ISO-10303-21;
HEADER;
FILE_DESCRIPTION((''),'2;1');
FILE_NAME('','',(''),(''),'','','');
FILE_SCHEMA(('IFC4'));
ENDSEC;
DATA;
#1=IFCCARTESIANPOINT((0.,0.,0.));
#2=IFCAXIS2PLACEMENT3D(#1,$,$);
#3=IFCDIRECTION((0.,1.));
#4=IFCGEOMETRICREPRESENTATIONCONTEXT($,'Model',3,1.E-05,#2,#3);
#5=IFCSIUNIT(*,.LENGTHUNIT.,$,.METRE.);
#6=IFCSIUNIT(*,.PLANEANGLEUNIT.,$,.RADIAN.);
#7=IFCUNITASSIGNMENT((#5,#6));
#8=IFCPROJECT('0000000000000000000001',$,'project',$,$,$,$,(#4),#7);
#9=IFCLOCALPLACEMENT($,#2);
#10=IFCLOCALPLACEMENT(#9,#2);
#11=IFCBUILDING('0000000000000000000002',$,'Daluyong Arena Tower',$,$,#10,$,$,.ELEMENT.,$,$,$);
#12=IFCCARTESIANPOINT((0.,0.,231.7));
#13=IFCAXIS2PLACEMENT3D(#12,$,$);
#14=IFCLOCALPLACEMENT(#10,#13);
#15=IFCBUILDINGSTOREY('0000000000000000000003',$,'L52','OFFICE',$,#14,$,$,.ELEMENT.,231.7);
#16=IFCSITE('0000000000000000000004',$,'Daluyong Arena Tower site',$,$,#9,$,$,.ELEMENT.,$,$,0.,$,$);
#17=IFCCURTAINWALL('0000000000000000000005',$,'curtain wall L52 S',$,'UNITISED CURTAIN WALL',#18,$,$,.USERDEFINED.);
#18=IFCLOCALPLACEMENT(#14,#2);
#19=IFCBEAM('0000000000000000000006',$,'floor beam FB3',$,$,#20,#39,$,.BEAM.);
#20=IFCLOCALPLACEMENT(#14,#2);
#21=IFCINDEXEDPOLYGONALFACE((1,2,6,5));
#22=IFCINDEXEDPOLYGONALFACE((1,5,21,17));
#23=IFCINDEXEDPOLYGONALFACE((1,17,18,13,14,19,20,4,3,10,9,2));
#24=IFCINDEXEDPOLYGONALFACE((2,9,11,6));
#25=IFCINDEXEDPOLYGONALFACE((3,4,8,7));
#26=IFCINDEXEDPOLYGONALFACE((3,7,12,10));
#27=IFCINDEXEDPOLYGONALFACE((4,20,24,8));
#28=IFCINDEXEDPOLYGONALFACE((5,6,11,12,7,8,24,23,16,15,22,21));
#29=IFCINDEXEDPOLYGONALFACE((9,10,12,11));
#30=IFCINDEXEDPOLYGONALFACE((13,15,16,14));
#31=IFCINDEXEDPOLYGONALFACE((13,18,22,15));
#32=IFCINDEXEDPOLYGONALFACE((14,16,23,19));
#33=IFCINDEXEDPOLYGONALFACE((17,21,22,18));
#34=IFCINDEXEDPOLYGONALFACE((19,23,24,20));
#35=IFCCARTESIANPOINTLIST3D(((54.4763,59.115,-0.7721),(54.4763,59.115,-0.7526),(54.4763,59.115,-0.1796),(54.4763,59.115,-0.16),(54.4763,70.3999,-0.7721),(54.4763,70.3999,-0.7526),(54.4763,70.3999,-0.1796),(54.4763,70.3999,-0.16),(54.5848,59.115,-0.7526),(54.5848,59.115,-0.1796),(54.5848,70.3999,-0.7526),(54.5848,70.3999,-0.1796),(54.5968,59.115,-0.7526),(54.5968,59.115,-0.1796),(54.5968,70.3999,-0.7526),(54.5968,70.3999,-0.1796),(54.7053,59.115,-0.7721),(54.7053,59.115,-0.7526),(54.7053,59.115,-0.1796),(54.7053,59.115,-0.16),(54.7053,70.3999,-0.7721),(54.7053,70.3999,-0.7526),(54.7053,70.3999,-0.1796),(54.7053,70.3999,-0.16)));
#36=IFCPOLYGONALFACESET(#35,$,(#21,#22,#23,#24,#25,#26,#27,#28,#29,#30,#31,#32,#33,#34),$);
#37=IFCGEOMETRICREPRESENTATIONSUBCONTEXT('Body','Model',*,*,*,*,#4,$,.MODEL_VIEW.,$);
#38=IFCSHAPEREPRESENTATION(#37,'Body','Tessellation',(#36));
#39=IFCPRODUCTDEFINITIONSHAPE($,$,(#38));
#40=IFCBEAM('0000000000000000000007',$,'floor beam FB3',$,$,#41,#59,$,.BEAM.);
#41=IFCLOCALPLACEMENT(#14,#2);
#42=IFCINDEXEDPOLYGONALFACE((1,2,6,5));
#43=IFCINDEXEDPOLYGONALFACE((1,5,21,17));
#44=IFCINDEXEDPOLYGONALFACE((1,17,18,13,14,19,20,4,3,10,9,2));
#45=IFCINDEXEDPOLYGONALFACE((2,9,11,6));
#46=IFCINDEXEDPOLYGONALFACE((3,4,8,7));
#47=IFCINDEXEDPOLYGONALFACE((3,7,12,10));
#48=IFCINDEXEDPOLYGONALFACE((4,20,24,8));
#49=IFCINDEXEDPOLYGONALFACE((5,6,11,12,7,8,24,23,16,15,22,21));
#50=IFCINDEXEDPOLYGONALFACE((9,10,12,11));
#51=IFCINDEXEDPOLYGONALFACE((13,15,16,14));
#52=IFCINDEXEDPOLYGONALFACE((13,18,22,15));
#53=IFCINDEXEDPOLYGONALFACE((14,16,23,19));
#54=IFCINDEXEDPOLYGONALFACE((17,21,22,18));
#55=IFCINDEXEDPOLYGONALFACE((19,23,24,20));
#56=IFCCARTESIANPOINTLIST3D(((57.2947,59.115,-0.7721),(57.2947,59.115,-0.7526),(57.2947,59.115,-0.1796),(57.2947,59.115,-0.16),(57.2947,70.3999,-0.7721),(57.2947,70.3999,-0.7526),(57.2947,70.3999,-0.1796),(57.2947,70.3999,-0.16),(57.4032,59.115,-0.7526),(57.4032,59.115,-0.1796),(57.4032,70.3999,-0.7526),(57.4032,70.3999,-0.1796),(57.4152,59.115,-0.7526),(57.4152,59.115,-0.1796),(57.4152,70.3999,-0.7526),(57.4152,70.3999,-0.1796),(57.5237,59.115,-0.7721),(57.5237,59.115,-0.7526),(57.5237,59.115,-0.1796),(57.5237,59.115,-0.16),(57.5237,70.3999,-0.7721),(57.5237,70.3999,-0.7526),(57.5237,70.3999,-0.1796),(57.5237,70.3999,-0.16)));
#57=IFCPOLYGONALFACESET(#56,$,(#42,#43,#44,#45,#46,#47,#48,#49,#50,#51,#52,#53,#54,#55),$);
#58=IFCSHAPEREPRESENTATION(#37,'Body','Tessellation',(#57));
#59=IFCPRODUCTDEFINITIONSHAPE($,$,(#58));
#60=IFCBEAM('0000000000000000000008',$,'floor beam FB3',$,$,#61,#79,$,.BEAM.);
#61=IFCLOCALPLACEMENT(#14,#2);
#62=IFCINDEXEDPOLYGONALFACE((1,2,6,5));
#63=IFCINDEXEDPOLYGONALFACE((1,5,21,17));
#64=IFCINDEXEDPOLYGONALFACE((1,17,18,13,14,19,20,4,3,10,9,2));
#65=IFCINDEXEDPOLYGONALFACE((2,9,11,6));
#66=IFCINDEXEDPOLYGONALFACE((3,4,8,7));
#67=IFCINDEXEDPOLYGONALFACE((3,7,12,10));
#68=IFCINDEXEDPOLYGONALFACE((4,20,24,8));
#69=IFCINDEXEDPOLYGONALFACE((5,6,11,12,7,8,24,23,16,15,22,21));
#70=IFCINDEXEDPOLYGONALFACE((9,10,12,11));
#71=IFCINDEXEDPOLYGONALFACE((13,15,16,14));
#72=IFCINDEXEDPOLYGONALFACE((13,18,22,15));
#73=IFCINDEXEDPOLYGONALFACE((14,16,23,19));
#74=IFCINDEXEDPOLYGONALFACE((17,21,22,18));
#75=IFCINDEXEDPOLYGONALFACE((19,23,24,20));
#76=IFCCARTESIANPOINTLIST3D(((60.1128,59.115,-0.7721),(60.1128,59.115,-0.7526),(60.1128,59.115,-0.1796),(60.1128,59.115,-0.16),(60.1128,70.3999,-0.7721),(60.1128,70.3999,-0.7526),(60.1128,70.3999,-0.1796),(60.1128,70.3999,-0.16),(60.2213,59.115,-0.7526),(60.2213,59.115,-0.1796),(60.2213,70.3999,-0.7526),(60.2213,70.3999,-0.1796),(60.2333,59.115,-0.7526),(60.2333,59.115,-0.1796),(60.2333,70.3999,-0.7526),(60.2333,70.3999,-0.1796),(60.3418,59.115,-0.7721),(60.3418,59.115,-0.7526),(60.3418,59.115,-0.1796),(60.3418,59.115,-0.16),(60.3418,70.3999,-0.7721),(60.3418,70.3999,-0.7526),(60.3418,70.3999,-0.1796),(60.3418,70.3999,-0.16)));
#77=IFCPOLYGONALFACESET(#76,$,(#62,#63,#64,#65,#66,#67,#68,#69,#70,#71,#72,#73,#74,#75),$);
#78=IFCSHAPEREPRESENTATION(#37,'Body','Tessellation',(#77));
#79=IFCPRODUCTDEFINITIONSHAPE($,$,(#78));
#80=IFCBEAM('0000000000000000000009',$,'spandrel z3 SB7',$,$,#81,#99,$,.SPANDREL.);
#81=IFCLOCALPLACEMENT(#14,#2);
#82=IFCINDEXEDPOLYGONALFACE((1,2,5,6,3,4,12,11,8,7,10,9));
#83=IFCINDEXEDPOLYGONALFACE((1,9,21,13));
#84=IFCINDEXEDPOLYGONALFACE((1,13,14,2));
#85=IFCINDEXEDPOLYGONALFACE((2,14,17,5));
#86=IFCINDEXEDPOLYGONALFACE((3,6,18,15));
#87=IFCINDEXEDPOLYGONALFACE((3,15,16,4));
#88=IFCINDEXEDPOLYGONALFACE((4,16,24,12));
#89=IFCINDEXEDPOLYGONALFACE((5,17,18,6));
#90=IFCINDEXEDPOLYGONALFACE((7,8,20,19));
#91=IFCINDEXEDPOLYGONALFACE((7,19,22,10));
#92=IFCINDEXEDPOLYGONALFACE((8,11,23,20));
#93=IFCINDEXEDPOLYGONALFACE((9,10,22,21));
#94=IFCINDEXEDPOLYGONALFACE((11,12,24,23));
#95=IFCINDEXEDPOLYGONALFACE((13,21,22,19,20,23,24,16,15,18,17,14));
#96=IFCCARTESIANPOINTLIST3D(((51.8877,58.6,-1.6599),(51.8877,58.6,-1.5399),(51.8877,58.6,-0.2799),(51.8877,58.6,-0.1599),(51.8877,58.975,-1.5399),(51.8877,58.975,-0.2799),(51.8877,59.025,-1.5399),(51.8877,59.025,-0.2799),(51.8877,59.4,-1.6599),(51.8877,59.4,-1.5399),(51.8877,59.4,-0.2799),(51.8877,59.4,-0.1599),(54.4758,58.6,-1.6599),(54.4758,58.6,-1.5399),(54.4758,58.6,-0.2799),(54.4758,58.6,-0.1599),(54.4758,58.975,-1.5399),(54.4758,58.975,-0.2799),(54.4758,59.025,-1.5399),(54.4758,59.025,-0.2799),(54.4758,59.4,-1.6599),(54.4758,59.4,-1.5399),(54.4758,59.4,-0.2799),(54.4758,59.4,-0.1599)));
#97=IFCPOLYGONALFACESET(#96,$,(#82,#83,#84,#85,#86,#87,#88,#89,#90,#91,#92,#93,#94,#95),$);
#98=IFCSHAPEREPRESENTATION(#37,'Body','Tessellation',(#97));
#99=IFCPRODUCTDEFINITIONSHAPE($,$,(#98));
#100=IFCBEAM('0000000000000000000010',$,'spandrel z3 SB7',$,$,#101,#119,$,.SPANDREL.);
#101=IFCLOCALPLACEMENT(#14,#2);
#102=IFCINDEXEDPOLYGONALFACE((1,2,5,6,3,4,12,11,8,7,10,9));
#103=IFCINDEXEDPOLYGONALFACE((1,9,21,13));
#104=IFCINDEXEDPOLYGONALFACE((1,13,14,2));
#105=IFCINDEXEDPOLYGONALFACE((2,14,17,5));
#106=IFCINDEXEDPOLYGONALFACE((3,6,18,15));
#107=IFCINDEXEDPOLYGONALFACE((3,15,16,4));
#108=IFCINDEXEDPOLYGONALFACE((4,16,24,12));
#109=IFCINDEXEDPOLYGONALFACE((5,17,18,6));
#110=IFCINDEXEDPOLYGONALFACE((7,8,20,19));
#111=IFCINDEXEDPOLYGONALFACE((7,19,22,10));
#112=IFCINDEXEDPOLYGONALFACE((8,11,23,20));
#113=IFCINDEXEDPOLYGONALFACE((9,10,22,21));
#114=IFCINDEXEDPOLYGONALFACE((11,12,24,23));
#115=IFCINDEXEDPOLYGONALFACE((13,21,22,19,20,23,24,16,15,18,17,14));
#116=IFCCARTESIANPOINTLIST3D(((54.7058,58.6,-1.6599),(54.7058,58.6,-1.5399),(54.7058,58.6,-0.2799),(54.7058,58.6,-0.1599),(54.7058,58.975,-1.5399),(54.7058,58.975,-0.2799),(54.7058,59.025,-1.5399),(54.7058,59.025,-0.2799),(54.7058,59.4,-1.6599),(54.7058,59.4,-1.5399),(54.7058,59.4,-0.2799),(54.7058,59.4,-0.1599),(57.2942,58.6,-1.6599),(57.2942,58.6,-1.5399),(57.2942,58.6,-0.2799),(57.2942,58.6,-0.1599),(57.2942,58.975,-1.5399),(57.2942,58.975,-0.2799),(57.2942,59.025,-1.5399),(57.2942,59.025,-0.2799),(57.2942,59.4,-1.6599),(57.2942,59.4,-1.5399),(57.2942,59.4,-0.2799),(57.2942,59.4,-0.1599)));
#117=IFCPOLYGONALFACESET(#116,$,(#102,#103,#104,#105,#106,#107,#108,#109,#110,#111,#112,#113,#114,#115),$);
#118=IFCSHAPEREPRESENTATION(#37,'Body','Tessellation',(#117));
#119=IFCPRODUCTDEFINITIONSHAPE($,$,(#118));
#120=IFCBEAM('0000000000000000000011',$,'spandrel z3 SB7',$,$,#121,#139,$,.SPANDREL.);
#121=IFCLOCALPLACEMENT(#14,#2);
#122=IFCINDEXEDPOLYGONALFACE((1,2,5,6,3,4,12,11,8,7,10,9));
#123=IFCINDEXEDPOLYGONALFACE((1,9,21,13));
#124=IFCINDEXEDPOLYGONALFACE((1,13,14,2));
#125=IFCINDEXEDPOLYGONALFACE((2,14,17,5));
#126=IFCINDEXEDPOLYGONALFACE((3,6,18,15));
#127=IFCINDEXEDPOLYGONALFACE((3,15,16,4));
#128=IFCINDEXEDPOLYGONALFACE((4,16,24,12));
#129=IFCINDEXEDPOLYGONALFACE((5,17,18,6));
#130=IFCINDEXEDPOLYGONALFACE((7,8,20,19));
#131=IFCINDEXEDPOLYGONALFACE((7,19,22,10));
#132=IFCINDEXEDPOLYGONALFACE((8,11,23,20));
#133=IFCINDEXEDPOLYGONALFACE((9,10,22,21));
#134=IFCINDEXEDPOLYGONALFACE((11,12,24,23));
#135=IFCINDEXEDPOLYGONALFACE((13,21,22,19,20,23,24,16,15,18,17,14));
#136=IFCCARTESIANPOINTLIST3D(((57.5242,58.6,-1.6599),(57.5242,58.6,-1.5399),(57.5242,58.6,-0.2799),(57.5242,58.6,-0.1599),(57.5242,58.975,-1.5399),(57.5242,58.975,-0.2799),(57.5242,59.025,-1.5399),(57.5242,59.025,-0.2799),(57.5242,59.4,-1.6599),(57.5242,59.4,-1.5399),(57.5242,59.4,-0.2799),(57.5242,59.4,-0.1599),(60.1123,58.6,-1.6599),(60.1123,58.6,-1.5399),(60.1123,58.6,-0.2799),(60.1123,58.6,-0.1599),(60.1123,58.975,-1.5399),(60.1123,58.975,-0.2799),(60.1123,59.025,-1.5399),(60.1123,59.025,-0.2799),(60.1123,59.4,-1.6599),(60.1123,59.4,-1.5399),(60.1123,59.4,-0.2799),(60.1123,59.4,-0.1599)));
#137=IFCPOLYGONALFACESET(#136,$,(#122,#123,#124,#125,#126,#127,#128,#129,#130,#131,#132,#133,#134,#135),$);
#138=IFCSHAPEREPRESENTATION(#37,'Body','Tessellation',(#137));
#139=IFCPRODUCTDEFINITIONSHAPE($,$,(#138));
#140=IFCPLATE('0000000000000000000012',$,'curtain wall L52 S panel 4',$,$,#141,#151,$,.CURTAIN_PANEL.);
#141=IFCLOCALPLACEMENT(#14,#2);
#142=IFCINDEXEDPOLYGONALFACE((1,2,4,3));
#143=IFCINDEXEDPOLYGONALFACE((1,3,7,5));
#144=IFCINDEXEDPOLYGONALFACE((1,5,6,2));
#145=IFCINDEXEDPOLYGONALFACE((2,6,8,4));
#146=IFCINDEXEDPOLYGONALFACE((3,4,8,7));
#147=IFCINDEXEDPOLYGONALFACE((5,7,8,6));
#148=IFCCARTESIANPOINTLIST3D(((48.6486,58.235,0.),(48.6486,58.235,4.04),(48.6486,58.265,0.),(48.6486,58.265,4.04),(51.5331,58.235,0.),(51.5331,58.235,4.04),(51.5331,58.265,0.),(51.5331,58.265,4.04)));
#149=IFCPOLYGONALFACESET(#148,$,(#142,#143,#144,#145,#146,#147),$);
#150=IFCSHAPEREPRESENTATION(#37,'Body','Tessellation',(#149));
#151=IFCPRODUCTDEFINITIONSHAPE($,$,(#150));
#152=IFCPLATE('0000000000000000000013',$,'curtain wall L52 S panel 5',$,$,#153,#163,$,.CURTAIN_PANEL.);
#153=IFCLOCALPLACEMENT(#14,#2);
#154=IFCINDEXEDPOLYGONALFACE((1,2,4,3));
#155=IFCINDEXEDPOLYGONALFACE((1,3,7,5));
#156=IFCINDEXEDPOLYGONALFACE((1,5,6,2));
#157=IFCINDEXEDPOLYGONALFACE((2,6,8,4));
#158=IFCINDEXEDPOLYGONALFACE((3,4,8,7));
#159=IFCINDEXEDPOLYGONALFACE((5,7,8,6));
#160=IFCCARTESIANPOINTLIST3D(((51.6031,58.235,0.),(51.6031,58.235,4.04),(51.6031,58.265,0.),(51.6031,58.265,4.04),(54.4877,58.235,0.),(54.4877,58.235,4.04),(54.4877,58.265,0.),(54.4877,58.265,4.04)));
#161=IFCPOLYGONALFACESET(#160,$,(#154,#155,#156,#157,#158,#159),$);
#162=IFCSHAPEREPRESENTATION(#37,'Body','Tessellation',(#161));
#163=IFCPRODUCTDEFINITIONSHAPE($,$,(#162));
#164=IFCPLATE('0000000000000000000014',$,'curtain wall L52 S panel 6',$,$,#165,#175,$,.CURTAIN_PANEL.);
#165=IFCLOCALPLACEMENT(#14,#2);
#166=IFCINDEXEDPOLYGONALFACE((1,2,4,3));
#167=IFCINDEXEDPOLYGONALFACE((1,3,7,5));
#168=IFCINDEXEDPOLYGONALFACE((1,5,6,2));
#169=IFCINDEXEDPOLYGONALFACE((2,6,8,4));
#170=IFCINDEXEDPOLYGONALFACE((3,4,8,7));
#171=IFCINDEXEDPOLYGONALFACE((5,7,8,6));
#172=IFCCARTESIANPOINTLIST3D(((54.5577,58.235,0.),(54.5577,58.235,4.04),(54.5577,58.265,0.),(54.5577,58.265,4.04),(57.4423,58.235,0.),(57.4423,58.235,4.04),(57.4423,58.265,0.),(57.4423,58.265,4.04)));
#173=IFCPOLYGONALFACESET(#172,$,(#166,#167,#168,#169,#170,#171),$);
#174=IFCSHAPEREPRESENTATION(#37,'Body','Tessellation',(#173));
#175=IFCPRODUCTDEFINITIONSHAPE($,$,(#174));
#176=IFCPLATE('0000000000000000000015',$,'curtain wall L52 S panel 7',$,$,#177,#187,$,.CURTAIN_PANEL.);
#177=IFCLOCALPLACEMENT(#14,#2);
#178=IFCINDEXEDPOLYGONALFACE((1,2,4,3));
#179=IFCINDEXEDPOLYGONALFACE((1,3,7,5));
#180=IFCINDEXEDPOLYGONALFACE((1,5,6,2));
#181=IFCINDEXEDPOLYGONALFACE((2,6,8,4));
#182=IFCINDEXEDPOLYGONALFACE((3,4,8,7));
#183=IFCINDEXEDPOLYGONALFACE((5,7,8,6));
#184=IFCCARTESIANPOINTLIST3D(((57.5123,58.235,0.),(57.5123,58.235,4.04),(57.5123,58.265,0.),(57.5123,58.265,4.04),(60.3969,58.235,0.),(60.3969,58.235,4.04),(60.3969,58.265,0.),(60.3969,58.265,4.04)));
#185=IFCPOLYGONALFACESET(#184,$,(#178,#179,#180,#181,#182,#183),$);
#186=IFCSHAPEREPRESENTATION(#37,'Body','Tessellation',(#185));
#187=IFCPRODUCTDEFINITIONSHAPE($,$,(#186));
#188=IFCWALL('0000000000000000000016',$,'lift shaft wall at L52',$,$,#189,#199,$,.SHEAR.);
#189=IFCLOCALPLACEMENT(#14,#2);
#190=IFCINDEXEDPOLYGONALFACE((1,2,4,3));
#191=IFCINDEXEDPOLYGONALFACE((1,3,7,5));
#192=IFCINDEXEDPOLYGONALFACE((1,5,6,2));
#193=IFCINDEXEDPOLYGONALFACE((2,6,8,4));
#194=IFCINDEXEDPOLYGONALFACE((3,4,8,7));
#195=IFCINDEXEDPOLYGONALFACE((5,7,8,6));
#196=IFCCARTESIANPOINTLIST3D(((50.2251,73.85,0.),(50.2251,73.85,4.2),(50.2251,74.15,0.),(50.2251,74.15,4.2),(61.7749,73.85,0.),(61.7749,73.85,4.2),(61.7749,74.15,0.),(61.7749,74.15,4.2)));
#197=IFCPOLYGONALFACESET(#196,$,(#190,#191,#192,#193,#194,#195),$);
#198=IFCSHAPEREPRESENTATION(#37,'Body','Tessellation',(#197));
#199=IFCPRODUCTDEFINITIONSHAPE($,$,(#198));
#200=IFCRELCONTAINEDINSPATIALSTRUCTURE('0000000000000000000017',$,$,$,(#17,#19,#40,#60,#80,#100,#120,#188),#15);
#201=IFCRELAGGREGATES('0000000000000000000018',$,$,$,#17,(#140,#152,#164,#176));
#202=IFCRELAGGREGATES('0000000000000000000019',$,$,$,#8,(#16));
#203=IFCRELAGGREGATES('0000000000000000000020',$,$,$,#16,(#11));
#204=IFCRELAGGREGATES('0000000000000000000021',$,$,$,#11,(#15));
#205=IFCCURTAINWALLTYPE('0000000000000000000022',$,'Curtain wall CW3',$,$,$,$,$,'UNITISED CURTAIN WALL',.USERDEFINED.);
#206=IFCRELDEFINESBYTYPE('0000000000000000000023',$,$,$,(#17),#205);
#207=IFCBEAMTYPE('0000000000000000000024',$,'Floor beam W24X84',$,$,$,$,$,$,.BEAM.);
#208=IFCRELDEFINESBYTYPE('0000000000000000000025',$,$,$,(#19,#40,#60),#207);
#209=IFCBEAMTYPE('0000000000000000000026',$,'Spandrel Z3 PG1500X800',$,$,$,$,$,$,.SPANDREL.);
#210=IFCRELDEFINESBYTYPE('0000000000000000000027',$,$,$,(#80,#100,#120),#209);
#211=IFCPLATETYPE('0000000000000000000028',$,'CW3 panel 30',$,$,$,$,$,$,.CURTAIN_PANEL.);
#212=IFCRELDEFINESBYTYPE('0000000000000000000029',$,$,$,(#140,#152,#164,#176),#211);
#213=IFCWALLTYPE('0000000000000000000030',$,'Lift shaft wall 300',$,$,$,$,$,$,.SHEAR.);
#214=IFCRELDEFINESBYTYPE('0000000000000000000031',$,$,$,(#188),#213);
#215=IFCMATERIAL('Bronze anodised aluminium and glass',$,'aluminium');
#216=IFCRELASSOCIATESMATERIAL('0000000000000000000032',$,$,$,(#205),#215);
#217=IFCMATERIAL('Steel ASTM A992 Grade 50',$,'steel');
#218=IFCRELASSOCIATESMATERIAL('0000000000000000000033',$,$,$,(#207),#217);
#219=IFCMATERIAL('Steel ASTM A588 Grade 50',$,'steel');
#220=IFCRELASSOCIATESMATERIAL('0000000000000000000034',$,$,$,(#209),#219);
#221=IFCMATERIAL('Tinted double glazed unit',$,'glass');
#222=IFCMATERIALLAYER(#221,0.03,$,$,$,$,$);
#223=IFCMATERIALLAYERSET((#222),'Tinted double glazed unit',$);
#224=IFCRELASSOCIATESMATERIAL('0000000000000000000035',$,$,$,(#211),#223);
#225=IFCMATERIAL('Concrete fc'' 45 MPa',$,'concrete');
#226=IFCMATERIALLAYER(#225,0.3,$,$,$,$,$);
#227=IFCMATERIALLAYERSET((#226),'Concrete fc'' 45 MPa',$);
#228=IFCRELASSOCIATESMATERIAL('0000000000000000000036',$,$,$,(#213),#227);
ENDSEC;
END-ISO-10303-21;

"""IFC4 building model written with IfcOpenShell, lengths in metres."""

from ifc_helpers import new_model, si_unit, direction, frame, frame_2d, origin, origin_2d, place, context, subcontext, project, spatial, rectangle, i_section, extrude, material, layer, layer_set, material_profile, profile_set, type_object, element, aggregate, save


model = new_model("IFC4")

# Units and contexts
model_context = context("Model", 3, precision=1e-05, world=origin(), true_north=direction((0.0, 1.0)))
body_context = subcontext(model_context, "Body", "Model", "MODEL_VIEW")
ifc_project = project(units=[si_unit("LENGTHUNIT", "METRE"), si_unit("PLANEANGLEUNIT", "RADIAN")], contexts=[model_context])

# Site, building, storey
site_placement = place(None, origin())
site = spatial("IfcSite", under=ifc_project, at=site_placement, Name="Daluyong Arena Tower site", CompositionType="ELEMENT", RefElevation=0.0)
building_placement = place(site_placement, origin())
building = spatial("IfcBuilding", under=site, at=building_placement, Name="Daluyong Arena Tower", CompositionType="ELEMENT")
storey_placement = place(building_placement, frame((0.0, 0.0, 231.7)))
storey = spatial("IfcBuildingStorey", under=building, at=storey_placement, Name="L52", Description="OFFICE", CompositionType="ELEMENT", Elevation=231.7)

# Curtain wall
ifc_material_1 = material(Name="Bronze anodised aluminium and glass", Category="aluminium")
curtain_wall_type = type_object("IfcCurtainWallType", Name="Curtain wall CW3", ElementType="UNITISED CURTAIN WALL", PredefinedType="USERDEFINED", material=ifc_material_1)
curtain_wall_placement = place(storey_placement, origin())
curtain_wall = element("IfcCurtainWall", 1, at=curtain_wall_placement, inside=storey, type_object=curtain_wall_type, Name="curtain wall L52 S", ObjectType="UNITISED CURTAIN WALL", PredefinedType="USERDEFINED")

# Beams
ifc_material_2 = material(Name="Steel ASTM A992 Grade 50", Category="steel")
ifc_material_profile_1 = material_profile(ifc_material_2, i_section(OverallWidth=0.229, OverallDepth=0.6121, WebThickness=0.012, FlangeThickness=0.0195, at=origin_2d()))
ifc_profile_set_1 = profile_set([ifc_material_profile_1], Name="Steel ASTM A992 Grade 50")
beam_type_1 = type_object("IfcBeamType", Name="Floor beam W24X84", PredefinedType="BEAM", material=ifc_profile_set_1)
for number, where, z_axis, x_axis, name in (
    (2, (54.5908, 59.115, -0.4661), (0.0, 1.0, 0.0), (-1.0, 0.0, 0.0), "floor beam FB3"),
    (3, (57.4092, 59.115, -0.4661), (0.0, 1.0, 0.0), (-1.0, 0.0, 0.0), "floor beam FB3"),
    (4, (60.2273, 59.115, -0.4661), (0.0, 1.0, 0.0), (-1.0, 0.0, 0.0), "floor beam FB3"),
):
    element("IfcBeam", number, at=place(storey_placement, frame(where, z_axis=z_axis, x_axis=x_axis)), inside=storey, type_object=beam_type_1, Name=name, PredefinedType="BEAM", context=body_context, shape_type="SweptSolid", body=[
        extrude(i_section(OverallWidth=0.229, OverallDepth=0.6121, WebThickness=0.012, FlangeThickness=0.0195, at=origin_2d()), origin(), (0.0, 0.0, 1.0), 11.2849),
    ])
ifc_material_3 = material(Name="Steel ASTM A588 Grade 50", Category="steel")
ifc_material_profile_2 = material_profile(ifc_material_3, i_section(OverallWidth=0.8, OverallDepth=1.5, WebThickness=0.05, FlangeThickness=0.12, at=origin_2d()))
ifc_profile_set_2 = profile_set([ifc_material_profile_2], Name="Steel ASTM A588 Grade 50")
beam_type_2 = type_object("IfcBeamType", Name="Spandrel Z3 PG1500X800", PredefinedType="SPANDREL", material=ifc_profile_set_2)
beam_1_placement = place(storey_placement, frame((51.8877, 59.0, -0.9099), z_axis=(1.0, 0.0, 0.0), x_axis=(0.0, 1.0, 0.0)))
element("IfcBeam", 5, at=beam_1_placement, inside=storey, type_object=beam_type_2, Name="spandrel z3 SB7", PredefinedType="SPANDREL", context=body_context, shape_type="SweptSolid", body=[
    extrude(i_section(OverallWidth=0.8, OverallDepth=1.5, WebThickness=0.05, FlangeThickness=0.12, at=origin_2d()), origin(), (0.0, 0.0, 1.0), 2.5881),
])
beam_2_placement = place(storey_placement, frame((54.7058, 59.0, -0.9099), z_axis=(1.0, 0.0, 0.0), x_axis=(0.0, 1.0, 0.0)))
element("IfcBeam", 6, at=beam_2_placement, inside=storey, type_object=beam_type_2, Name="spandrel z3 SB7", PredefinedType="SPANDREL", context=body_context, shape_type="SweptSolid", body=[
    extrude(i_section(OverallWidth=0.8, OverallDepth=1.5, WebThickness=0.05, FlangeThickness=0.12, at=origin_2d()), origin(), (0.0, 0.0, 1.0), 2.5884),
])
beam_3_placement = place(storey_placement, frame((57.5242, 59.0, -0.9099), z_axis=(1.0, 0.0, 0.0), x_axis=(0.0, 1.0, 0.0)))
element("IfcBeam", 7, at=beam_3_placement, inside=storey, type_object=beam_type_2, Name="spandrel z3 SB7", PredefinedType="SPANDREL", context=body_context, shape_type="SweptSolid", body=[
    extrude(i_section(OverallWidth=0.8, OverallDepth=1.5, WebThickness=0.05, FlangeThickness=0.12, at=origin_2d()), origin(), (0.0, 0.0, 1.0), 2.5881),
])

# Plates
ifc_material_4 = material(Name="Tinted double glazed unit", Category="glass")
ifc_layer_1 = layer(ifc_material_4, 0.03)
ifc_layer_set_1 = layer_set([ifc_layer_1], Name="Tinted double glazed unit")
plate_type = type_object("IfcPlateType", Name="CW3 panel 30", PredefinedType="CURTAIN_PANEL", material=ifc_layer_set_1)
plate_1_placement = place(storey_placement, frame((50.0908, 58.25, 0.0), z_axis=(0.0, 0.0, 1.0), x_axis=(1.0, 0.0, 0.0)))
plate_1 = element("IfcPlate", 8, at=plate_1_placement, type_object=plate_type, Name="curtain wall L52 S panel 4", PredefinedType="CURTAIN_PANEL", context=body_context, shape_type="SweptSolid", body=[
    extrude(rectangle(XDim=2.8845, YDim=0.03, at=origin_2d()), origin(), (0.0, 0.0, 1.0), 4.04),
])
plate_2_placement = place(storey_placement, frame((53.0454, 58.25, 0.0), z_axis=(0.0, 0.0, 1.0), x_axis=(1.0, 0.0, 0.0)))
plate_2 = element("IfcPlate", 9, at=plate_2_placement, type_object=plate_type, Name="curtain wall L52 S panel 5", PredefinedType="CURTAIN_PANEL", context=body_context, shape_type="SweptSolid", body=[
    extrude(rectangle(XDim=2.8845, YDim=0.03, at=origin_2d()), origin(), (0.0, 0.0, 1.0), 4.04),
])
plate_3_placement = place(storey_placement, frame((56.0, 58.25, 0.0), z_axis=(0.0, 0.0, 1.0), x_axis=(1.0, 0.0, 0.0)))
plate_3 = element("IfcPlate", 10, at=plate_3_placement, type_object=plate_type, Name="curtain wall L52 S panel 6", PredefinedType="CURTAIN_PANEL", context=body_context, shape_type="SweptSolid", body=[
    extrude(rectangle(XDim=2.8845, YDim=0.03, at=origin_2d()), origin(), (0.0, 0.0, 1.0), 4.04),
])
plate_4_placement = place(storey_placement, frame((58.9546, 58.25, 0.0), z_axis=(0.0, 0.0, 1.0), x_axis=(1.0, 0.0, 0.0)))
plate_4 = element("IfcPlate", 11, at=plate_4_placement, type_object=plate_type, Name="curtain wall L52 S panel 7", PredefinedType="CURTAIN_PANEL", context=body_context, shape_type="SweptSolid", body=[
    extrude(rectangle(XDim=2.8845, YDim=0.03, at=origin_2d()), origin(), (0.0, 0.0, 1.0), 4.04),
])
aggregate(curtain_wall, [plate_1, plate_2, plate_3, plate_4])

# Wall
ifc_material_5 = material(Name="Concrete fc' 45 MPa", Category="concrete")
ifc_layer_2 = layer(ifc_material_5, 0.3)
ifc_layer_set_2 = layer_set([ifc_layer_2], Name="Concrete fc' 45 MPa")
wall_type_1 = type_object("IfcWallType", Name="Lift shaft wall 300", PredefinedType="SHEAR", material=ifc_layer_set_2)
wall_1_placement = place(storey_placement, frame((50.2251, 74.0, 0.0), z_axis=(0.0, 0.0, 1.0), x_axis=(1.0, 0.0, 0.0)))
element("IfcWall", 12, at=wall_1_placement, inside=storey, type_object=wall_type_1, Name="lift shaft wall at L52", PredefinedType="SHEAR", context=body_context, shape_type="SweptSolid", body=[
    extrude(rectangle(XDim=11.5498, YDim=0.3, at=frame_2d((5.7749, 0.0))), origin(), (0.0, 0.0, 1.0), 4.2),
])

save(model, "model.ifc")
